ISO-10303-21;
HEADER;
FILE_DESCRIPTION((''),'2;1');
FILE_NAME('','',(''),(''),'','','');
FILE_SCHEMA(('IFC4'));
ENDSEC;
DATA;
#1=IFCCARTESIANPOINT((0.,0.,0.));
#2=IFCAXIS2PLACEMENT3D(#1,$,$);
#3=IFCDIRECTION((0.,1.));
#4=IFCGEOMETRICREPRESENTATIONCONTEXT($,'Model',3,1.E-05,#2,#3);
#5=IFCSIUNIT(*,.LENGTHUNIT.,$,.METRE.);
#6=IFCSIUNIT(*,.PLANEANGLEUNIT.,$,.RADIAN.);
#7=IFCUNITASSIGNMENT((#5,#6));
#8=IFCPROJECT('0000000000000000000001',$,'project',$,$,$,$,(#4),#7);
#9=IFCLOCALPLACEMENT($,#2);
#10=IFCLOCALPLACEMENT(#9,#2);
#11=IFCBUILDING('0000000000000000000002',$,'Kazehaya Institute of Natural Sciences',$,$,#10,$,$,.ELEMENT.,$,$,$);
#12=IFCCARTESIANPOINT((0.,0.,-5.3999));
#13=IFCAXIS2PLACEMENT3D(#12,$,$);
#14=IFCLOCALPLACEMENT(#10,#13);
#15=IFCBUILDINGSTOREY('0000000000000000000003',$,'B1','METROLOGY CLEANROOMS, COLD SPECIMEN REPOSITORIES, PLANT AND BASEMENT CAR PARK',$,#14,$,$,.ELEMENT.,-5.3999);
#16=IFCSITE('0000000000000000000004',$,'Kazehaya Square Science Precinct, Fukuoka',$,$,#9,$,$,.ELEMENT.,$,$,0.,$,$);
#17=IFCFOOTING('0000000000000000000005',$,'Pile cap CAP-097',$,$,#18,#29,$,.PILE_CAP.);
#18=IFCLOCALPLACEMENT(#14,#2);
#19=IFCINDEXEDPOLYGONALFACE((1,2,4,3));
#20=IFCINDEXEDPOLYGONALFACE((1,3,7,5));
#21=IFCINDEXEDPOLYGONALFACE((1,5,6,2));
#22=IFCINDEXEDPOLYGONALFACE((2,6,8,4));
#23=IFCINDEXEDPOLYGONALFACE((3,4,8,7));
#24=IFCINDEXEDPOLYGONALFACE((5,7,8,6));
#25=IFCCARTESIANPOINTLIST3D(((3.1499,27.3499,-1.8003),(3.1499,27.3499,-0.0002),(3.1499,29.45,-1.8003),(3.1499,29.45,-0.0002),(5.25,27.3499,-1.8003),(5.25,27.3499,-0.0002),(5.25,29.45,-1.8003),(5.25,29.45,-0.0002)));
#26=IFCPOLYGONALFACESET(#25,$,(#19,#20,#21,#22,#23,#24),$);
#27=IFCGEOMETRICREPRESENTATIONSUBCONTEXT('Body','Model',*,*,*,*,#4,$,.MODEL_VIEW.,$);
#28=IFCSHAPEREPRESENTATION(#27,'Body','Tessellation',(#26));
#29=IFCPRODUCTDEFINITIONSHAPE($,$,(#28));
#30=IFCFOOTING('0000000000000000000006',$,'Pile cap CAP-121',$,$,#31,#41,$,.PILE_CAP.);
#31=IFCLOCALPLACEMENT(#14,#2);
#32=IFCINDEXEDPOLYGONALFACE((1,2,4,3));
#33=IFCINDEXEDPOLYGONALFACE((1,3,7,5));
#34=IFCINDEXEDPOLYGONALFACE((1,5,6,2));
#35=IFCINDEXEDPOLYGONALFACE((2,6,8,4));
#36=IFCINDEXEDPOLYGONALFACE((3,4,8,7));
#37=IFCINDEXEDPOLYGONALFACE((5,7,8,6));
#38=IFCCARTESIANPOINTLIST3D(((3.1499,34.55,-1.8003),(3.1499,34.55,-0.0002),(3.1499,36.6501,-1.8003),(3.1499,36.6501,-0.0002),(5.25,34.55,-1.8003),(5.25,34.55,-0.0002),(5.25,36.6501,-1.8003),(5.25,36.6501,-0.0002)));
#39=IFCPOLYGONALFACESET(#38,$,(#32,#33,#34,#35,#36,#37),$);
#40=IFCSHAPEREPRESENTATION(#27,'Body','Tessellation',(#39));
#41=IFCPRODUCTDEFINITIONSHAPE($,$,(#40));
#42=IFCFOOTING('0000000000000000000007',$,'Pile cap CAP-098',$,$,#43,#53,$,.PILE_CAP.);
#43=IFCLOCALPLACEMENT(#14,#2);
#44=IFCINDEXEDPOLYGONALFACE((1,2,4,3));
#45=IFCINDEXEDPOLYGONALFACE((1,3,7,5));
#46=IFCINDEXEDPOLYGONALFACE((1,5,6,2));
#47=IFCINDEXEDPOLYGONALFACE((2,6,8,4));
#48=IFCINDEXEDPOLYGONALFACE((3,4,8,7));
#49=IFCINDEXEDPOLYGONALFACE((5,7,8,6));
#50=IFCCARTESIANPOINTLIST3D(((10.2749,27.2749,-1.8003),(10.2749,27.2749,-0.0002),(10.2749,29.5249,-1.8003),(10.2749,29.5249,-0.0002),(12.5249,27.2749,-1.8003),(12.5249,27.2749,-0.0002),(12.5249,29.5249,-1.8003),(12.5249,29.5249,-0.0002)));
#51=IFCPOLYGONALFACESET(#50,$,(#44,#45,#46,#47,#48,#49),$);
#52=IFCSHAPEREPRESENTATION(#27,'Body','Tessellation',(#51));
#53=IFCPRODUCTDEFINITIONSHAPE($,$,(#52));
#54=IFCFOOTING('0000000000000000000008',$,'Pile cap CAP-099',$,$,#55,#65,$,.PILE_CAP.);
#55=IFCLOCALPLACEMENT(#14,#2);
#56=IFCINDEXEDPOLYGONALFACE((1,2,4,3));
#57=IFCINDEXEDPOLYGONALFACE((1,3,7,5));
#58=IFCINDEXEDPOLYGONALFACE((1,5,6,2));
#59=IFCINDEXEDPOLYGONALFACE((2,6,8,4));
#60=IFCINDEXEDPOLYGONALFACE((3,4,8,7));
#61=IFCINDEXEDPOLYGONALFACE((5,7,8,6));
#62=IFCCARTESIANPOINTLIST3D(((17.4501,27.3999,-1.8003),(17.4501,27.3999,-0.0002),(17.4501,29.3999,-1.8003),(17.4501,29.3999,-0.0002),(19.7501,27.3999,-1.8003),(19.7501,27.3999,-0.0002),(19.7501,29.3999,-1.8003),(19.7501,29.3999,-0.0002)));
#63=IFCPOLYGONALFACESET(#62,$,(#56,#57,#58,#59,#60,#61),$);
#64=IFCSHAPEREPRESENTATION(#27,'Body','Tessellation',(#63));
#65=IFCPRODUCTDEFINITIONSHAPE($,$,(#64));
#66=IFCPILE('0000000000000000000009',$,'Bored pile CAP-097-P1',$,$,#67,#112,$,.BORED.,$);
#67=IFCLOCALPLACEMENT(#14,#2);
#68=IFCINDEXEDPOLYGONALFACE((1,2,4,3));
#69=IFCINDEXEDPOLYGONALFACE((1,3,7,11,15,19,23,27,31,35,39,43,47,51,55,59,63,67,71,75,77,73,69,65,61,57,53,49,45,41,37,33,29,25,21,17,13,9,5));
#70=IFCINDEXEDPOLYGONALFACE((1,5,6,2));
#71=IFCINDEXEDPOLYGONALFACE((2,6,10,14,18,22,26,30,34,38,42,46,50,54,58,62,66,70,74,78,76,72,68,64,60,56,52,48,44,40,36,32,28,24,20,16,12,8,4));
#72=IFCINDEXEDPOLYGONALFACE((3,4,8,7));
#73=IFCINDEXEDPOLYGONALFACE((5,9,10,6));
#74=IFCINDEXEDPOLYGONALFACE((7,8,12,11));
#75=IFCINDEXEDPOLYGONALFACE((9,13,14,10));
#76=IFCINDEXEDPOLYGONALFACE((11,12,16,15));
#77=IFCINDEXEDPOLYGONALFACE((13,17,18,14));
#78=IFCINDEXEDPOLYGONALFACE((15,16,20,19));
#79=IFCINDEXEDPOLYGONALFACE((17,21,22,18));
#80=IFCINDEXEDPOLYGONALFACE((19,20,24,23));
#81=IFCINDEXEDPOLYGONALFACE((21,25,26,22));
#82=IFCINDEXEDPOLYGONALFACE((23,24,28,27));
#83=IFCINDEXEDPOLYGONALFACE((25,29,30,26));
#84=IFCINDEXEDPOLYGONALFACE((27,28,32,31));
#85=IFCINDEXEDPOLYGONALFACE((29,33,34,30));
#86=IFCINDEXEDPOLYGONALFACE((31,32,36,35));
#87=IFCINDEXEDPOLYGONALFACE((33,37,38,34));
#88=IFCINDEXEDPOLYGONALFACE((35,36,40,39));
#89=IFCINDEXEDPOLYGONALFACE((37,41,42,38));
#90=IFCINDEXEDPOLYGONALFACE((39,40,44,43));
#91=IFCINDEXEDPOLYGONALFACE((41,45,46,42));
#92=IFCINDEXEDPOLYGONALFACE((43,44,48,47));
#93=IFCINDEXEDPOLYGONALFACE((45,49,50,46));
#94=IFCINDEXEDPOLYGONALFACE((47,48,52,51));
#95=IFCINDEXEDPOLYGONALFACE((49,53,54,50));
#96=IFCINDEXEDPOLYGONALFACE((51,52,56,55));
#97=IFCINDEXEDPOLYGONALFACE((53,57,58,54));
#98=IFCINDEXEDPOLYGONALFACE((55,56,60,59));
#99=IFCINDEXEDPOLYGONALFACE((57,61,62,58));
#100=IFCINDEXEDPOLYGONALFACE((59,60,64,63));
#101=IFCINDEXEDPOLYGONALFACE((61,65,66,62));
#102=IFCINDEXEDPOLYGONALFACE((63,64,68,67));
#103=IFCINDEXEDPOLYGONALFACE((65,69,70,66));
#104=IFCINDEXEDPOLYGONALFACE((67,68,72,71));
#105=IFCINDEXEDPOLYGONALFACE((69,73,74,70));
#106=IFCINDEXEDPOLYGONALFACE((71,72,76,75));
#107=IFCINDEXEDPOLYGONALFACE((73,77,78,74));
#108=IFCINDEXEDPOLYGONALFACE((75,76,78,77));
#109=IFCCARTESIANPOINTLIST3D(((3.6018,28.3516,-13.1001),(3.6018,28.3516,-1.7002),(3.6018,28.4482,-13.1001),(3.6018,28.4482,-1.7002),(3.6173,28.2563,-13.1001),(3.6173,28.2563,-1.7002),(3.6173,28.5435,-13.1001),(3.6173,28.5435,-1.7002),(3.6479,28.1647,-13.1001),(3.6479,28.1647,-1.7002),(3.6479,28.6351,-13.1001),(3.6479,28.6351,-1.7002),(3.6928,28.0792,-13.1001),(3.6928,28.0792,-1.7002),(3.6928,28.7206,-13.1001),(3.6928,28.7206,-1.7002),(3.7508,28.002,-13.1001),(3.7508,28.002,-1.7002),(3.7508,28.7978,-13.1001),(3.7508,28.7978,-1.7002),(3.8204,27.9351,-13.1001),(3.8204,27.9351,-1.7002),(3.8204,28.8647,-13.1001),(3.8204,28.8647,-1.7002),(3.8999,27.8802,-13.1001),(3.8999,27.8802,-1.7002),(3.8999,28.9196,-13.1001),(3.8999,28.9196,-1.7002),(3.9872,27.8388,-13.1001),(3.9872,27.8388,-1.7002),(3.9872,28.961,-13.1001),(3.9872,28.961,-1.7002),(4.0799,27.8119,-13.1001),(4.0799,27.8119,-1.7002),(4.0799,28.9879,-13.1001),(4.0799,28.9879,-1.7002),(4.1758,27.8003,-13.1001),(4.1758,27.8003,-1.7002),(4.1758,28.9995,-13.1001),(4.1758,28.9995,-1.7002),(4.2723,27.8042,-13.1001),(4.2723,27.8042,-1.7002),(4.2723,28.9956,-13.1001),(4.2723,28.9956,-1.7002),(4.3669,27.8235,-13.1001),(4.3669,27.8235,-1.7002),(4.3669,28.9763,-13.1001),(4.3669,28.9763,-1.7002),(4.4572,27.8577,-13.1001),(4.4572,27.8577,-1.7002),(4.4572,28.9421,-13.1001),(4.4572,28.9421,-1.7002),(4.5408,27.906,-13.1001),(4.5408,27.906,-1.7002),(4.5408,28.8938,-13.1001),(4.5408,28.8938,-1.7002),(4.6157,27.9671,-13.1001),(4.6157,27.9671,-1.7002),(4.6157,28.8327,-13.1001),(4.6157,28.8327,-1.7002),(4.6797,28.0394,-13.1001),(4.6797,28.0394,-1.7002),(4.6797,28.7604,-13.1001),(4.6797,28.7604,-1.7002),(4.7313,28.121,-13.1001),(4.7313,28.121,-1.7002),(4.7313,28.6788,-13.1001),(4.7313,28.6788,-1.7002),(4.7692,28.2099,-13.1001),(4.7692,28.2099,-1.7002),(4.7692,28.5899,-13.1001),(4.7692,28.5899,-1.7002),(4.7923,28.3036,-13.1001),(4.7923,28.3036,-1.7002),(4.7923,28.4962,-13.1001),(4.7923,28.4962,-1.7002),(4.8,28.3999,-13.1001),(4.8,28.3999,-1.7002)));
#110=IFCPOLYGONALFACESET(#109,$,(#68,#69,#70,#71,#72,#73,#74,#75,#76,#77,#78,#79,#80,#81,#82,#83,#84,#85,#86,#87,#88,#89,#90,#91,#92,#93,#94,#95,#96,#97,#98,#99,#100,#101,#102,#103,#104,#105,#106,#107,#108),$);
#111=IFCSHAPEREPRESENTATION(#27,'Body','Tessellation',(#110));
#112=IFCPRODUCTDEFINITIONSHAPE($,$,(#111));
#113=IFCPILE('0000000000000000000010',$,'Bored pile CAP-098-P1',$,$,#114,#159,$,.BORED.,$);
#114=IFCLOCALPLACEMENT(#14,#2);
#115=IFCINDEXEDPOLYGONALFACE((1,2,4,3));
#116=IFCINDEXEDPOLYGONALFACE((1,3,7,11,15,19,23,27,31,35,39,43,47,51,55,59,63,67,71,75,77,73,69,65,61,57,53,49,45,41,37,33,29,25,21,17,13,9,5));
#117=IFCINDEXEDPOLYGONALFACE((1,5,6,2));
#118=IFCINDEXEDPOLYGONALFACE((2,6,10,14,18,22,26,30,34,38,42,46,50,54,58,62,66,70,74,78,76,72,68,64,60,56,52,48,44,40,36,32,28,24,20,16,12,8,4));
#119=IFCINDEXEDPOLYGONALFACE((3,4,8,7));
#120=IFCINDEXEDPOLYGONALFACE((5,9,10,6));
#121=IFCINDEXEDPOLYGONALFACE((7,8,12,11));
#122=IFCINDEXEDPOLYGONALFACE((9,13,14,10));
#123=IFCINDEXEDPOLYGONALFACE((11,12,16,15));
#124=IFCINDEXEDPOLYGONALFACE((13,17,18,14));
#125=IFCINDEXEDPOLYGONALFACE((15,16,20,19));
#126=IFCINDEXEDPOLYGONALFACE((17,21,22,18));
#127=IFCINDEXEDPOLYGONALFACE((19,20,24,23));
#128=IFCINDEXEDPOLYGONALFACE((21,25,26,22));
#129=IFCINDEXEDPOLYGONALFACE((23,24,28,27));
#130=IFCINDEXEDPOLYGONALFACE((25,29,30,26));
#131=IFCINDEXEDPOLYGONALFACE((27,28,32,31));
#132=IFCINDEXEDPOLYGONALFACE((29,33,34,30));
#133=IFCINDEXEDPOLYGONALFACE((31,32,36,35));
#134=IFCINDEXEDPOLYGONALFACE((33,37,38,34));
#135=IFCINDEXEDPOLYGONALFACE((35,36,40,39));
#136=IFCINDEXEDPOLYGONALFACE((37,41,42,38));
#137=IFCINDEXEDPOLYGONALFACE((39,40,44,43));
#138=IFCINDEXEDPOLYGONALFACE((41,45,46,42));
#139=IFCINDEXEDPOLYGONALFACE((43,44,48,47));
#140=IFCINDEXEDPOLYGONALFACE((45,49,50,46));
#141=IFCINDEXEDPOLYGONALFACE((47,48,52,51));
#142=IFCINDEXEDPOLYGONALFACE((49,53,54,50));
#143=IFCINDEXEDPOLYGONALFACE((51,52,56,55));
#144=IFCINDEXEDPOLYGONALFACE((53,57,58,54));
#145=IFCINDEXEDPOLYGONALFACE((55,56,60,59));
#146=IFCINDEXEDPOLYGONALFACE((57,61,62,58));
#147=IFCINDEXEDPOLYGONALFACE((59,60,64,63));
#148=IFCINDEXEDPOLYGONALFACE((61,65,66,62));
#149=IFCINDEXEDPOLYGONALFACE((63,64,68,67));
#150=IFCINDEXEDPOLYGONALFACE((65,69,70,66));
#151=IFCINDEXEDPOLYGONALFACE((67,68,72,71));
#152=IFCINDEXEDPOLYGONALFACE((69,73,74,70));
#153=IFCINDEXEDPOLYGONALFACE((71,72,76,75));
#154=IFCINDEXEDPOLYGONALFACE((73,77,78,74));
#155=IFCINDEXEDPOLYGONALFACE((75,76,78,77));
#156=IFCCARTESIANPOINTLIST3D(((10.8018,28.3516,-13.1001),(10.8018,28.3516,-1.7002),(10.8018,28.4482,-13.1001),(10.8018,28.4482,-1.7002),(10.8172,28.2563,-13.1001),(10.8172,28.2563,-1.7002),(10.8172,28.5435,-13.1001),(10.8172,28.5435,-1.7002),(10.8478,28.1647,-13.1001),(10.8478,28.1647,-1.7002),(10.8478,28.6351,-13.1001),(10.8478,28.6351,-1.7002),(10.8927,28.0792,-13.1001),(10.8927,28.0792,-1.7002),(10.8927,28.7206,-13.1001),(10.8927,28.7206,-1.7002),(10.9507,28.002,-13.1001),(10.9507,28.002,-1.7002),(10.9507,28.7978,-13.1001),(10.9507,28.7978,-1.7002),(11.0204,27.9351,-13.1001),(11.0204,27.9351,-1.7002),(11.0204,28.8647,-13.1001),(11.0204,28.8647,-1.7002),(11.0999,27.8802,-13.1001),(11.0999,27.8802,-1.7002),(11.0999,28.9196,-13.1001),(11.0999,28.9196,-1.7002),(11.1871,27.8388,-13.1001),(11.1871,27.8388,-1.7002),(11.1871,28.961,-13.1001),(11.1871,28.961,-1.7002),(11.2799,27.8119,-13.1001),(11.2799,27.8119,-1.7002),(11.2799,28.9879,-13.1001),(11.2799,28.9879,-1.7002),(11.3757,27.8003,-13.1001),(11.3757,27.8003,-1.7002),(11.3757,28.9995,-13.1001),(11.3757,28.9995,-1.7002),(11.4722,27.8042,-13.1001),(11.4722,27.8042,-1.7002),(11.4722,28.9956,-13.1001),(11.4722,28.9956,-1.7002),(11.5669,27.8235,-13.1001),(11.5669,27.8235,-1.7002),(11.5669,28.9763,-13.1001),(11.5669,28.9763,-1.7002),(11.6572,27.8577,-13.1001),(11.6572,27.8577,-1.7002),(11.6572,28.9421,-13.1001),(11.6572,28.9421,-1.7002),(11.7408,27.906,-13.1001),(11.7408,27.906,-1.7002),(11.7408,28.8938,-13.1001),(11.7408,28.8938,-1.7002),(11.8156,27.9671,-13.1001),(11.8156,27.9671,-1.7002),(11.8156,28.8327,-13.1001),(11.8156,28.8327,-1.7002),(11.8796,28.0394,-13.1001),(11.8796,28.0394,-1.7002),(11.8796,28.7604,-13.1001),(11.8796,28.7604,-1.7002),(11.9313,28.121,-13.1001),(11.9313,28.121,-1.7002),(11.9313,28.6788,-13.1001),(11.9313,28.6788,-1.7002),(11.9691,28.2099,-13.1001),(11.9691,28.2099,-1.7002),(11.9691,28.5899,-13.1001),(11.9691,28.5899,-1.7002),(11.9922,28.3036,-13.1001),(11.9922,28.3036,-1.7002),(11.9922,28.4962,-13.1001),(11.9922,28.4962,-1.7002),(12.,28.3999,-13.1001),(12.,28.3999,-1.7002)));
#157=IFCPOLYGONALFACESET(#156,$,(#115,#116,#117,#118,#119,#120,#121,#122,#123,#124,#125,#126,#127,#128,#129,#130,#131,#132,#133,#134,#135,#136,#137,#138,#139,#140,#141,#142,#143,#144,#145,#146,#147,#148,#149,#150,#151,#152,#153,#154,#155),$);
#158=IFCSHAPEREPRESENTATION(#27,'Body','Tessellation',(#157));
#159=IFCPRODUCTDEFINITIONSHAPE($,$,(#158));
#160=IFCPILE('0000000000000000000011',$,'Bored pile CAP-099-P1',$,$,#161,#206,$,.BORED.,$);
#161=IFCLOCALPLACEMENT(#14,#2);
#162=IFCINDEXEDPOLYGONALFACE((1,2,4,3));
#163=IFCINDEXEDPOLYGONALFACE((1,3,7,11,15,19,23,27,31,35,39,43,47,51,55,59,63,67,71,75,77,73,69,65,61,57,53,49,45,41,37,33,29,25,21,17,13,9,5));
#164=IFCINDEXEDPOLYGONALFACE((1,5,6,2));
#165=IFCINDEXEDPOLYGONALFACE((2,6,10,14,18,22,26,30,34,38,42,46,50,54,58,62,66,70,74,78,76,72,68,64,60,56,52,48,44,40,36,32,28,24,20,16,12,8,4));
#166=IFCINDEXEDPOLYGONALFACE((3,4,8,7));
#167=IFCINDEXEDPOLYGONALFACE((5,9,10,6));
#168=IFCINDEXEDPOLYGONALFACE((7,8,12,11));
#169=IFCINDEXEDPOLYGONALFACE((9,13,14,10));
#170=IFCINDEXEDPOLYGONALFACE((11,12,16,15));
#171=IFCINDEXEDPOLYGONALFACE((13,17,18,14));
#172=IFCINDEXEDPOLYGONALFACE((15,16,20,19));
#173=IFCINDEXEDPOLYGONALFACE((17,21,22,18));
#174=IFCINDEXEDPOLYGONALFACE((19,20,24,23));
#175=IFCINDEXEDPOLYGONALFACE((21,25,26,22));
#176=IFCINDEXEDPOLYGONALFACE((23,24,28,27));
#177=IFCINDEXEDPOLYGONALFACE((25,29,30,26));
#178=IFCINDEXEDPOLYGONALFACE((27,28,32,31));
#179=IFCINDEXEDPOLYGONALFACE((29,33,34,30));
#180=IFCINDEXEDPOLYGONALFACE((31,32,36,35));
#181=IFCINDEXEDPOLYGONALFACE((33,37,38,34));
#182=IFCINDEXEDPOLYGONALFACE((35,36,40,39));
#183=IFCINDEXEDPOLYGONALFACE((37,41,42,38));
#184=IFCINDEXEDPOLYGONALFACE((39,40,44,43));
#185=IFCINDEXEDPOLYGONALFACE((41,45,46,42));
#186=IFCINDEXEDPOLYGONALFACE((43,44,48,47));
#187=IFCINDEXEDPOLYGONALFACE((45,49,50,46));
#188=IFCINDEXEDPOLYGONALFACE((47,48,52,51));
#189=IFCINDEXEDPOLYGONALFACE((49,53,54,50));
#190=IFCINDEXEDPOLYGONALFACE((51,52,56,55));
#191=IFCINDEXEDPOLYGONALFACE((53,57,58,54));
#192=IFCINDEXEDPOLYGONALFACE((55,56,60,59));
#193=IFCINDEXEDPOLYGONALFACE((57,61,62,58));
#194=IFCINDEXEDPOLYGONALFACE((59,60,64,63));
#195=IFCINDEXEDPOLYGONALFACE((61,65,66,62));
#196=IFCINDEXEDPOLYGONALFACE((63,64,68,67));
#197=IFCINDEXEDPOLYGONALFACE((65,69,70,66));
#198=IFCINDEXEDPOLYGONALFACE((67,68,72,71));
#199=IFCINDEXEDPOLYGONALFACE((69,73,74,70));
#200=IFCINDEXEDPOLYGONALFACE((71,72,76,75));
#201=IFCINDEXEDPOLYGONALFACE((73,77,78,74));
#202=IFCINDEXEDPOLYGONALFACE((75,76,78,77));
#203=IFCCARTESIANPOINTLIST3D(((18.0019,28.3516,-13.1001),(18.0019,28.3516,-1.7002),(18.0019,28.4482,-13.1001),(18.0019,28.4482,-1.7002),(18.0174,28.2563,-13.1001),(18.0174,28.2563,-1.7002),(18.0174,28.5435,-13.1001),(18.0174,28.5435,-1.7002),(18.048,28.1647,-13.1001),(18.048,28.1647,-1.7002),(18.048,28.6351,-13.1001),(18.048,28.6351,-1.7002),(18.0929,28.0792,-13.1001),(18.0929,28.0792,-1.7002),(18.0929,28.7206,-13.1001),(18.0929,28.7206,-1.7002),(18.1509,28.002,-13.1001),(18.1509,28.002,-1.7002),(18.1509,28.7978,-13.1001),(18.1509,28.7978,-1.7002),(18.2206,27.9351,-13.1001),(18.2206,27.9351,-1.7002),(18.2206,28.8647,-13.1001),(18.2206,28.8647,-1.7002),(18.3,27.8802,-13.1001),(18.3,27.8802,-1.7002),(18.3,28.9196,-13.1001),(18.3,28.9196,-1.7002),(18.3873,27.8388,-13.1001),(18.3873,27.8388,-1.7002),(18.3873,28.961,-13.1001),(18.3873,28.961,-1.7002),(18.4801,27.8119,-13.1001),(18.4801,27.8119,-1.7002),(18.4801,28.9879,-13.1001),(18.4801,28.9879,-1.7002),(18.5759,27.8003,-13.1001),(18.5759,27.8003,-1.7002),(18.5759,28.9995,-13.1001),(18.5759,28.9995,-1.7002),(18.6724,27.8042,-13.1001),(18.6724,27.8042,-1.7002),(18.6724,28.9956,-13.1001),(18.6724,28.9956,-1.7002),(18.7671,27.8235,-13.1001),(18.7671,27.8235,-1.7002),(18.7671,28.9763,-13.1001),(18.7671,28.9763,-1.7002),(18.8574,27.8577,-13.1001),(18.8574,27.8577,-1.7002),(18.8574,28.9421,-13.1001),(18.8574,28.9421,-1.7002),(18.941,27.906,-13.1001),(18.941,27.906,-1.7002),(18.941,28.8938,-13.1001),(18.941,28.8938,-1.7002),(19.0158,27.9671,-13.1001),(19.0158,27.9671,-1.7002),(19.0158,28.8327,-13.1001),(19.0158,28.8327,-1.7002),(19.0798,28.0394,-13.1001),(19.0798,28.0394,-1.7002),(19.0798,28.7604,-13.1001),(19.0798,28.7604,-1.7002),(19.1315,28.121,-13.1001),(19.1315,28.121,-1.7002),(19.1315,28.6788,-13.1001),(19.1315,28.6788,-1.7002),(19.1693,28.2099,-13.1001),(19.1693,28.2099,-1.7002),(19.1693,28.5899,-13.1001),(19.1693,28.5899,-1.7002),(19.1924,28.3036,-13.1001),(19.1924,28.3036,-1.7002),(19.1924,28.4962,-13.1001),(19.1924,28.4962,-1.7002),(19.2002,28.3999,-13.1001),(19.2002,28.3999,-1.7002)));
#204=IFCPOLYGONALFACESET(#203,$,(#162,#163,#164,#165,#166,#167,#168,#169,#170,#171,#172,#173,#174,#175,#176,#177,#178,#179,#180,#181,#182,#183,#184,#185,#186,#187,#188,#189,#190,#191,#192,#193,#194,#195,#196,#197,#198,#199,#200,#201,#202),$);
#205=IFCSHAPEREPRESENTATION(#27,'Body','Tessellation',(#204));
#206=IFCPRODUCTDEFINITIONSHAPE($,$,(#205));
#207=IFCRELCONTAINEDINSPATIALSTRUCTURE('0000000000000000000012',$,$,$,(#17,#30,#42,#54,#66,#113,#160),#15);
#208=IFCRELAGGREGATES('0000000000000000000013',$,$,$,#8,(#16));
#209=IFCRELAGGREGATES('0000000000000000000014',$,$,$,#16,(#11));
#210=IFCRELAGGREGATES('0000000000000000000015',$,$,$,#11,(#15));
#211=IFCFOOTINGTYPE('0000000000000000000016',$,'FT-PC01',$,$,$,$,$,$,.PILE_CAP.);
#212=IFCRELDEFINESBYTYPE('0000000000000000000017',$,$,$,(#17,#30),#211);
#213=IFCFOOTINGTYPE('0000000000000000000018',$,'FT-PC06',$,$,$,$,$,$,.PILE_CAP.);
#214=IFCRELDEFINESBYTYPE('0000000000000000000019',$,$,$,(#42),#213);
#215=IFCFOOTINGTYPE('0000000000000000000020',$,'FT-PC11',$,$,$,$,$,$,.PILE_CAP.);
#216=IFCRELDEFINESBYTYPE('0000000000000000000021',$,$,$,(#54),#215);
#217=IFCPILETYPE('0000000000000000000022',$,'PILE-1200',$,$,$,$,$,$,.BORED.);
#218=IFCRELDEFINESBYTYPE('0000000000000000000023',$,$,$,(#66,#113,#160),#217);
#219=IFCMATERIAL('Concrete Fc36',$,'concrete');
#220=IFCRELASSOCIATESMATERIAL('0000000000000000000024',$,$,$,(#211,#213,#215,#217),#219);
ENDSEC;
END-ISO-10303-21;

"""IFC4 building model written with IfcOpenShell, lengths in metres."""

from ifc_helpers import new_model, si_unit, direction, frame, origin, origin_2d, place, context, subcontext, project, spatial, rectangle, circle, extrude, material, material_profile, profile_set, type_object, element, save


model = new_model("IFC4")

# Units and contexts
model_context = context("Model", 3, precision=1e-05, world=origin(), true_north=direction((0.0, 1.0)))
body_context = subcontext(model_context, "Body", "Model", "MODEL_VIEW")
ifc_project = project(units=[si_unit("LENGTHUNIT", "METRE"), si_unit("PLANEANGLEUNIT", "RADIAN")], contexts=[model_context])

# Site, building, storey
site_placement = place(None, origin())
site = spatial("IfcSite", under=ifc_project, at=site_placement, Name="Kazehaya Square Science Precinct, Fukuoka", CompositionType="ELEMENT", RefElevation=0.0)
building_placement = place(site_placement, origin())
building = spatial("IfcBuilding", under=site, at=building_placement, Name="Kazehaya Institute of Natural Sciences", CompositionType="ELEMENT")
storey_placement = place(building_placement, frame((0.0, 0.0, -5.3999)))
storey = spatial("IfcBuildingStorey", under=building, at=storey_placement, Name="B1", Description="METROLOGY CLEANROOMS, COLD SPECIMEN REPOSITORIES, PLANT AND BASEMENT CAR PARK", CompositionType="ELEMENT", Elevation=-5.3999)

# Footings
ifc_material_1 = material(Name="Concrete Fc36", Category="concrete")
footing_type_1 = type_object("IfcFootingType", Name="FT-PC01", PredefinedType="PILE_CAP", material=ifc_material_1)
for number, where, z_axis, x_axis, name in (
    (1, (4.2, 28.3999, -1.8003), (0.0, 0.0, 1.0), (1.0, 0.0, 0.0), "Pile cap CAP-097"),
    (2, (4.2, 35.6001, -1.8003), (0.0, 0.0, 1.0), (1.0, 0.0, 0.0), "Pile cap CAP-121"),
):
    element("IfcFooting", number, at=place(storey_placement, frame(where, z_axis=z_axis, x_axis=x_axis)), inside=storey, type_object=footing_type_1, Name=name, PredefinedType="PILE_CAP", context=body_context, shape_type="SweptSolid", body=[
        extrude(rectangle(XDim=2.1001, YDim=2.1001, at=origin_2d()), origin(), (0.0, 0.0, 1.0), 1.8),
    ])
footing_type_2 = type_object("IfcFootingType", Name="FT-PC06", PredefinedType="PILE_CAP", material=ifc_material_1)
footing_1_placement = place(storey_placement, frame((11.3999, 28.3999, -1.8003), z_axis=(0.0, 0.0, 1.0), x_axis=(1.0, 0.0, 0.0)))
element("IfcFooting", 3, at=footing_1_placement, inside=storey, type_object=footing_type_2, Name="Pile cap CAP-098", PredefinedType="PILE_CAP", context=body_context, shape_type="SweptSolid", body=[
    extrude(rectangle(XDim=2.25, YDim=2.25, at=origin_2d()), origin(), (0.0, 0.0, 1.0), 1.8),
])
footing_type_3 = type_object("IfcFootingType", Name="FT-PC11", PredefinedType="PILE_CAP", material=ifc_material_1)
footing_2_placement = place(storey_placement, frame((18.6001, 28.3999, -1.8003), z_axis=(0.0, 0.0, 1.0), x_axis=(1.0, 0.0, 0.0)))
element("IfcFooting", 4, at=footing_2_placement, inside=storey, type_object=footing_type_3, Name="Pile cap CAP-099", PredefinedType="PILE_CAP", context=body_context, shape_type="SweptSolid", body=[
    extrude(rectangle(XDim=2.3, YDim=2.0, at=origin_2d()), origin(), (0.0, 0.0, 1.0), 1.8),
])

# Piles
ifc_material_profile_1 = material_profile(ifc_material_1, circle(Radius=0.6001, at=origin_2d()), Name="PILE-1200")
ifc_profile_set_1 = profile_set([ifc_material_profile_1], Name="Concrete Fc36")
pile_type = type_object("IfcPileType", Name="PILE-1200", PredefinedType="BORED", material=ifc_profile_set_1)
for number, where, z_axis, x_axis, name in (
    (5, (4.2, 28.3999, -1.7002), (0.0, 0.0, -1.0), (1.0, 0.0, 0.0), "Bored pile CAP-097-P1"),
    (6, (11.3999, 28.3999, -1.7002), (0.0, 0.0, -1.0), (1.0, 0.0, 0.0), "Bored pile CAP-098-P1"),
    (7, (18.6001, 28.3999, -1.7002), (0.0, 0.0, -1.0), (1.0, 0.0, 0.0), "Bored pile CAP-099-P1"),
):
    element("IfcPile", number, at=place(storey_placement, frame(where, z_axis=z_axis, x_axis=x_axis)), inside=storey, type_object=pile_type, Name=name, PredefinedType="BORED", context=body_context, shape_type="SweptSolid", body=[
        extrude(circle(Radius=0.6001, at=origin_2d()), origin(), (0.0, 0.0, 1.0), 11.3999),
    ])

save(model, "model.ifc")
